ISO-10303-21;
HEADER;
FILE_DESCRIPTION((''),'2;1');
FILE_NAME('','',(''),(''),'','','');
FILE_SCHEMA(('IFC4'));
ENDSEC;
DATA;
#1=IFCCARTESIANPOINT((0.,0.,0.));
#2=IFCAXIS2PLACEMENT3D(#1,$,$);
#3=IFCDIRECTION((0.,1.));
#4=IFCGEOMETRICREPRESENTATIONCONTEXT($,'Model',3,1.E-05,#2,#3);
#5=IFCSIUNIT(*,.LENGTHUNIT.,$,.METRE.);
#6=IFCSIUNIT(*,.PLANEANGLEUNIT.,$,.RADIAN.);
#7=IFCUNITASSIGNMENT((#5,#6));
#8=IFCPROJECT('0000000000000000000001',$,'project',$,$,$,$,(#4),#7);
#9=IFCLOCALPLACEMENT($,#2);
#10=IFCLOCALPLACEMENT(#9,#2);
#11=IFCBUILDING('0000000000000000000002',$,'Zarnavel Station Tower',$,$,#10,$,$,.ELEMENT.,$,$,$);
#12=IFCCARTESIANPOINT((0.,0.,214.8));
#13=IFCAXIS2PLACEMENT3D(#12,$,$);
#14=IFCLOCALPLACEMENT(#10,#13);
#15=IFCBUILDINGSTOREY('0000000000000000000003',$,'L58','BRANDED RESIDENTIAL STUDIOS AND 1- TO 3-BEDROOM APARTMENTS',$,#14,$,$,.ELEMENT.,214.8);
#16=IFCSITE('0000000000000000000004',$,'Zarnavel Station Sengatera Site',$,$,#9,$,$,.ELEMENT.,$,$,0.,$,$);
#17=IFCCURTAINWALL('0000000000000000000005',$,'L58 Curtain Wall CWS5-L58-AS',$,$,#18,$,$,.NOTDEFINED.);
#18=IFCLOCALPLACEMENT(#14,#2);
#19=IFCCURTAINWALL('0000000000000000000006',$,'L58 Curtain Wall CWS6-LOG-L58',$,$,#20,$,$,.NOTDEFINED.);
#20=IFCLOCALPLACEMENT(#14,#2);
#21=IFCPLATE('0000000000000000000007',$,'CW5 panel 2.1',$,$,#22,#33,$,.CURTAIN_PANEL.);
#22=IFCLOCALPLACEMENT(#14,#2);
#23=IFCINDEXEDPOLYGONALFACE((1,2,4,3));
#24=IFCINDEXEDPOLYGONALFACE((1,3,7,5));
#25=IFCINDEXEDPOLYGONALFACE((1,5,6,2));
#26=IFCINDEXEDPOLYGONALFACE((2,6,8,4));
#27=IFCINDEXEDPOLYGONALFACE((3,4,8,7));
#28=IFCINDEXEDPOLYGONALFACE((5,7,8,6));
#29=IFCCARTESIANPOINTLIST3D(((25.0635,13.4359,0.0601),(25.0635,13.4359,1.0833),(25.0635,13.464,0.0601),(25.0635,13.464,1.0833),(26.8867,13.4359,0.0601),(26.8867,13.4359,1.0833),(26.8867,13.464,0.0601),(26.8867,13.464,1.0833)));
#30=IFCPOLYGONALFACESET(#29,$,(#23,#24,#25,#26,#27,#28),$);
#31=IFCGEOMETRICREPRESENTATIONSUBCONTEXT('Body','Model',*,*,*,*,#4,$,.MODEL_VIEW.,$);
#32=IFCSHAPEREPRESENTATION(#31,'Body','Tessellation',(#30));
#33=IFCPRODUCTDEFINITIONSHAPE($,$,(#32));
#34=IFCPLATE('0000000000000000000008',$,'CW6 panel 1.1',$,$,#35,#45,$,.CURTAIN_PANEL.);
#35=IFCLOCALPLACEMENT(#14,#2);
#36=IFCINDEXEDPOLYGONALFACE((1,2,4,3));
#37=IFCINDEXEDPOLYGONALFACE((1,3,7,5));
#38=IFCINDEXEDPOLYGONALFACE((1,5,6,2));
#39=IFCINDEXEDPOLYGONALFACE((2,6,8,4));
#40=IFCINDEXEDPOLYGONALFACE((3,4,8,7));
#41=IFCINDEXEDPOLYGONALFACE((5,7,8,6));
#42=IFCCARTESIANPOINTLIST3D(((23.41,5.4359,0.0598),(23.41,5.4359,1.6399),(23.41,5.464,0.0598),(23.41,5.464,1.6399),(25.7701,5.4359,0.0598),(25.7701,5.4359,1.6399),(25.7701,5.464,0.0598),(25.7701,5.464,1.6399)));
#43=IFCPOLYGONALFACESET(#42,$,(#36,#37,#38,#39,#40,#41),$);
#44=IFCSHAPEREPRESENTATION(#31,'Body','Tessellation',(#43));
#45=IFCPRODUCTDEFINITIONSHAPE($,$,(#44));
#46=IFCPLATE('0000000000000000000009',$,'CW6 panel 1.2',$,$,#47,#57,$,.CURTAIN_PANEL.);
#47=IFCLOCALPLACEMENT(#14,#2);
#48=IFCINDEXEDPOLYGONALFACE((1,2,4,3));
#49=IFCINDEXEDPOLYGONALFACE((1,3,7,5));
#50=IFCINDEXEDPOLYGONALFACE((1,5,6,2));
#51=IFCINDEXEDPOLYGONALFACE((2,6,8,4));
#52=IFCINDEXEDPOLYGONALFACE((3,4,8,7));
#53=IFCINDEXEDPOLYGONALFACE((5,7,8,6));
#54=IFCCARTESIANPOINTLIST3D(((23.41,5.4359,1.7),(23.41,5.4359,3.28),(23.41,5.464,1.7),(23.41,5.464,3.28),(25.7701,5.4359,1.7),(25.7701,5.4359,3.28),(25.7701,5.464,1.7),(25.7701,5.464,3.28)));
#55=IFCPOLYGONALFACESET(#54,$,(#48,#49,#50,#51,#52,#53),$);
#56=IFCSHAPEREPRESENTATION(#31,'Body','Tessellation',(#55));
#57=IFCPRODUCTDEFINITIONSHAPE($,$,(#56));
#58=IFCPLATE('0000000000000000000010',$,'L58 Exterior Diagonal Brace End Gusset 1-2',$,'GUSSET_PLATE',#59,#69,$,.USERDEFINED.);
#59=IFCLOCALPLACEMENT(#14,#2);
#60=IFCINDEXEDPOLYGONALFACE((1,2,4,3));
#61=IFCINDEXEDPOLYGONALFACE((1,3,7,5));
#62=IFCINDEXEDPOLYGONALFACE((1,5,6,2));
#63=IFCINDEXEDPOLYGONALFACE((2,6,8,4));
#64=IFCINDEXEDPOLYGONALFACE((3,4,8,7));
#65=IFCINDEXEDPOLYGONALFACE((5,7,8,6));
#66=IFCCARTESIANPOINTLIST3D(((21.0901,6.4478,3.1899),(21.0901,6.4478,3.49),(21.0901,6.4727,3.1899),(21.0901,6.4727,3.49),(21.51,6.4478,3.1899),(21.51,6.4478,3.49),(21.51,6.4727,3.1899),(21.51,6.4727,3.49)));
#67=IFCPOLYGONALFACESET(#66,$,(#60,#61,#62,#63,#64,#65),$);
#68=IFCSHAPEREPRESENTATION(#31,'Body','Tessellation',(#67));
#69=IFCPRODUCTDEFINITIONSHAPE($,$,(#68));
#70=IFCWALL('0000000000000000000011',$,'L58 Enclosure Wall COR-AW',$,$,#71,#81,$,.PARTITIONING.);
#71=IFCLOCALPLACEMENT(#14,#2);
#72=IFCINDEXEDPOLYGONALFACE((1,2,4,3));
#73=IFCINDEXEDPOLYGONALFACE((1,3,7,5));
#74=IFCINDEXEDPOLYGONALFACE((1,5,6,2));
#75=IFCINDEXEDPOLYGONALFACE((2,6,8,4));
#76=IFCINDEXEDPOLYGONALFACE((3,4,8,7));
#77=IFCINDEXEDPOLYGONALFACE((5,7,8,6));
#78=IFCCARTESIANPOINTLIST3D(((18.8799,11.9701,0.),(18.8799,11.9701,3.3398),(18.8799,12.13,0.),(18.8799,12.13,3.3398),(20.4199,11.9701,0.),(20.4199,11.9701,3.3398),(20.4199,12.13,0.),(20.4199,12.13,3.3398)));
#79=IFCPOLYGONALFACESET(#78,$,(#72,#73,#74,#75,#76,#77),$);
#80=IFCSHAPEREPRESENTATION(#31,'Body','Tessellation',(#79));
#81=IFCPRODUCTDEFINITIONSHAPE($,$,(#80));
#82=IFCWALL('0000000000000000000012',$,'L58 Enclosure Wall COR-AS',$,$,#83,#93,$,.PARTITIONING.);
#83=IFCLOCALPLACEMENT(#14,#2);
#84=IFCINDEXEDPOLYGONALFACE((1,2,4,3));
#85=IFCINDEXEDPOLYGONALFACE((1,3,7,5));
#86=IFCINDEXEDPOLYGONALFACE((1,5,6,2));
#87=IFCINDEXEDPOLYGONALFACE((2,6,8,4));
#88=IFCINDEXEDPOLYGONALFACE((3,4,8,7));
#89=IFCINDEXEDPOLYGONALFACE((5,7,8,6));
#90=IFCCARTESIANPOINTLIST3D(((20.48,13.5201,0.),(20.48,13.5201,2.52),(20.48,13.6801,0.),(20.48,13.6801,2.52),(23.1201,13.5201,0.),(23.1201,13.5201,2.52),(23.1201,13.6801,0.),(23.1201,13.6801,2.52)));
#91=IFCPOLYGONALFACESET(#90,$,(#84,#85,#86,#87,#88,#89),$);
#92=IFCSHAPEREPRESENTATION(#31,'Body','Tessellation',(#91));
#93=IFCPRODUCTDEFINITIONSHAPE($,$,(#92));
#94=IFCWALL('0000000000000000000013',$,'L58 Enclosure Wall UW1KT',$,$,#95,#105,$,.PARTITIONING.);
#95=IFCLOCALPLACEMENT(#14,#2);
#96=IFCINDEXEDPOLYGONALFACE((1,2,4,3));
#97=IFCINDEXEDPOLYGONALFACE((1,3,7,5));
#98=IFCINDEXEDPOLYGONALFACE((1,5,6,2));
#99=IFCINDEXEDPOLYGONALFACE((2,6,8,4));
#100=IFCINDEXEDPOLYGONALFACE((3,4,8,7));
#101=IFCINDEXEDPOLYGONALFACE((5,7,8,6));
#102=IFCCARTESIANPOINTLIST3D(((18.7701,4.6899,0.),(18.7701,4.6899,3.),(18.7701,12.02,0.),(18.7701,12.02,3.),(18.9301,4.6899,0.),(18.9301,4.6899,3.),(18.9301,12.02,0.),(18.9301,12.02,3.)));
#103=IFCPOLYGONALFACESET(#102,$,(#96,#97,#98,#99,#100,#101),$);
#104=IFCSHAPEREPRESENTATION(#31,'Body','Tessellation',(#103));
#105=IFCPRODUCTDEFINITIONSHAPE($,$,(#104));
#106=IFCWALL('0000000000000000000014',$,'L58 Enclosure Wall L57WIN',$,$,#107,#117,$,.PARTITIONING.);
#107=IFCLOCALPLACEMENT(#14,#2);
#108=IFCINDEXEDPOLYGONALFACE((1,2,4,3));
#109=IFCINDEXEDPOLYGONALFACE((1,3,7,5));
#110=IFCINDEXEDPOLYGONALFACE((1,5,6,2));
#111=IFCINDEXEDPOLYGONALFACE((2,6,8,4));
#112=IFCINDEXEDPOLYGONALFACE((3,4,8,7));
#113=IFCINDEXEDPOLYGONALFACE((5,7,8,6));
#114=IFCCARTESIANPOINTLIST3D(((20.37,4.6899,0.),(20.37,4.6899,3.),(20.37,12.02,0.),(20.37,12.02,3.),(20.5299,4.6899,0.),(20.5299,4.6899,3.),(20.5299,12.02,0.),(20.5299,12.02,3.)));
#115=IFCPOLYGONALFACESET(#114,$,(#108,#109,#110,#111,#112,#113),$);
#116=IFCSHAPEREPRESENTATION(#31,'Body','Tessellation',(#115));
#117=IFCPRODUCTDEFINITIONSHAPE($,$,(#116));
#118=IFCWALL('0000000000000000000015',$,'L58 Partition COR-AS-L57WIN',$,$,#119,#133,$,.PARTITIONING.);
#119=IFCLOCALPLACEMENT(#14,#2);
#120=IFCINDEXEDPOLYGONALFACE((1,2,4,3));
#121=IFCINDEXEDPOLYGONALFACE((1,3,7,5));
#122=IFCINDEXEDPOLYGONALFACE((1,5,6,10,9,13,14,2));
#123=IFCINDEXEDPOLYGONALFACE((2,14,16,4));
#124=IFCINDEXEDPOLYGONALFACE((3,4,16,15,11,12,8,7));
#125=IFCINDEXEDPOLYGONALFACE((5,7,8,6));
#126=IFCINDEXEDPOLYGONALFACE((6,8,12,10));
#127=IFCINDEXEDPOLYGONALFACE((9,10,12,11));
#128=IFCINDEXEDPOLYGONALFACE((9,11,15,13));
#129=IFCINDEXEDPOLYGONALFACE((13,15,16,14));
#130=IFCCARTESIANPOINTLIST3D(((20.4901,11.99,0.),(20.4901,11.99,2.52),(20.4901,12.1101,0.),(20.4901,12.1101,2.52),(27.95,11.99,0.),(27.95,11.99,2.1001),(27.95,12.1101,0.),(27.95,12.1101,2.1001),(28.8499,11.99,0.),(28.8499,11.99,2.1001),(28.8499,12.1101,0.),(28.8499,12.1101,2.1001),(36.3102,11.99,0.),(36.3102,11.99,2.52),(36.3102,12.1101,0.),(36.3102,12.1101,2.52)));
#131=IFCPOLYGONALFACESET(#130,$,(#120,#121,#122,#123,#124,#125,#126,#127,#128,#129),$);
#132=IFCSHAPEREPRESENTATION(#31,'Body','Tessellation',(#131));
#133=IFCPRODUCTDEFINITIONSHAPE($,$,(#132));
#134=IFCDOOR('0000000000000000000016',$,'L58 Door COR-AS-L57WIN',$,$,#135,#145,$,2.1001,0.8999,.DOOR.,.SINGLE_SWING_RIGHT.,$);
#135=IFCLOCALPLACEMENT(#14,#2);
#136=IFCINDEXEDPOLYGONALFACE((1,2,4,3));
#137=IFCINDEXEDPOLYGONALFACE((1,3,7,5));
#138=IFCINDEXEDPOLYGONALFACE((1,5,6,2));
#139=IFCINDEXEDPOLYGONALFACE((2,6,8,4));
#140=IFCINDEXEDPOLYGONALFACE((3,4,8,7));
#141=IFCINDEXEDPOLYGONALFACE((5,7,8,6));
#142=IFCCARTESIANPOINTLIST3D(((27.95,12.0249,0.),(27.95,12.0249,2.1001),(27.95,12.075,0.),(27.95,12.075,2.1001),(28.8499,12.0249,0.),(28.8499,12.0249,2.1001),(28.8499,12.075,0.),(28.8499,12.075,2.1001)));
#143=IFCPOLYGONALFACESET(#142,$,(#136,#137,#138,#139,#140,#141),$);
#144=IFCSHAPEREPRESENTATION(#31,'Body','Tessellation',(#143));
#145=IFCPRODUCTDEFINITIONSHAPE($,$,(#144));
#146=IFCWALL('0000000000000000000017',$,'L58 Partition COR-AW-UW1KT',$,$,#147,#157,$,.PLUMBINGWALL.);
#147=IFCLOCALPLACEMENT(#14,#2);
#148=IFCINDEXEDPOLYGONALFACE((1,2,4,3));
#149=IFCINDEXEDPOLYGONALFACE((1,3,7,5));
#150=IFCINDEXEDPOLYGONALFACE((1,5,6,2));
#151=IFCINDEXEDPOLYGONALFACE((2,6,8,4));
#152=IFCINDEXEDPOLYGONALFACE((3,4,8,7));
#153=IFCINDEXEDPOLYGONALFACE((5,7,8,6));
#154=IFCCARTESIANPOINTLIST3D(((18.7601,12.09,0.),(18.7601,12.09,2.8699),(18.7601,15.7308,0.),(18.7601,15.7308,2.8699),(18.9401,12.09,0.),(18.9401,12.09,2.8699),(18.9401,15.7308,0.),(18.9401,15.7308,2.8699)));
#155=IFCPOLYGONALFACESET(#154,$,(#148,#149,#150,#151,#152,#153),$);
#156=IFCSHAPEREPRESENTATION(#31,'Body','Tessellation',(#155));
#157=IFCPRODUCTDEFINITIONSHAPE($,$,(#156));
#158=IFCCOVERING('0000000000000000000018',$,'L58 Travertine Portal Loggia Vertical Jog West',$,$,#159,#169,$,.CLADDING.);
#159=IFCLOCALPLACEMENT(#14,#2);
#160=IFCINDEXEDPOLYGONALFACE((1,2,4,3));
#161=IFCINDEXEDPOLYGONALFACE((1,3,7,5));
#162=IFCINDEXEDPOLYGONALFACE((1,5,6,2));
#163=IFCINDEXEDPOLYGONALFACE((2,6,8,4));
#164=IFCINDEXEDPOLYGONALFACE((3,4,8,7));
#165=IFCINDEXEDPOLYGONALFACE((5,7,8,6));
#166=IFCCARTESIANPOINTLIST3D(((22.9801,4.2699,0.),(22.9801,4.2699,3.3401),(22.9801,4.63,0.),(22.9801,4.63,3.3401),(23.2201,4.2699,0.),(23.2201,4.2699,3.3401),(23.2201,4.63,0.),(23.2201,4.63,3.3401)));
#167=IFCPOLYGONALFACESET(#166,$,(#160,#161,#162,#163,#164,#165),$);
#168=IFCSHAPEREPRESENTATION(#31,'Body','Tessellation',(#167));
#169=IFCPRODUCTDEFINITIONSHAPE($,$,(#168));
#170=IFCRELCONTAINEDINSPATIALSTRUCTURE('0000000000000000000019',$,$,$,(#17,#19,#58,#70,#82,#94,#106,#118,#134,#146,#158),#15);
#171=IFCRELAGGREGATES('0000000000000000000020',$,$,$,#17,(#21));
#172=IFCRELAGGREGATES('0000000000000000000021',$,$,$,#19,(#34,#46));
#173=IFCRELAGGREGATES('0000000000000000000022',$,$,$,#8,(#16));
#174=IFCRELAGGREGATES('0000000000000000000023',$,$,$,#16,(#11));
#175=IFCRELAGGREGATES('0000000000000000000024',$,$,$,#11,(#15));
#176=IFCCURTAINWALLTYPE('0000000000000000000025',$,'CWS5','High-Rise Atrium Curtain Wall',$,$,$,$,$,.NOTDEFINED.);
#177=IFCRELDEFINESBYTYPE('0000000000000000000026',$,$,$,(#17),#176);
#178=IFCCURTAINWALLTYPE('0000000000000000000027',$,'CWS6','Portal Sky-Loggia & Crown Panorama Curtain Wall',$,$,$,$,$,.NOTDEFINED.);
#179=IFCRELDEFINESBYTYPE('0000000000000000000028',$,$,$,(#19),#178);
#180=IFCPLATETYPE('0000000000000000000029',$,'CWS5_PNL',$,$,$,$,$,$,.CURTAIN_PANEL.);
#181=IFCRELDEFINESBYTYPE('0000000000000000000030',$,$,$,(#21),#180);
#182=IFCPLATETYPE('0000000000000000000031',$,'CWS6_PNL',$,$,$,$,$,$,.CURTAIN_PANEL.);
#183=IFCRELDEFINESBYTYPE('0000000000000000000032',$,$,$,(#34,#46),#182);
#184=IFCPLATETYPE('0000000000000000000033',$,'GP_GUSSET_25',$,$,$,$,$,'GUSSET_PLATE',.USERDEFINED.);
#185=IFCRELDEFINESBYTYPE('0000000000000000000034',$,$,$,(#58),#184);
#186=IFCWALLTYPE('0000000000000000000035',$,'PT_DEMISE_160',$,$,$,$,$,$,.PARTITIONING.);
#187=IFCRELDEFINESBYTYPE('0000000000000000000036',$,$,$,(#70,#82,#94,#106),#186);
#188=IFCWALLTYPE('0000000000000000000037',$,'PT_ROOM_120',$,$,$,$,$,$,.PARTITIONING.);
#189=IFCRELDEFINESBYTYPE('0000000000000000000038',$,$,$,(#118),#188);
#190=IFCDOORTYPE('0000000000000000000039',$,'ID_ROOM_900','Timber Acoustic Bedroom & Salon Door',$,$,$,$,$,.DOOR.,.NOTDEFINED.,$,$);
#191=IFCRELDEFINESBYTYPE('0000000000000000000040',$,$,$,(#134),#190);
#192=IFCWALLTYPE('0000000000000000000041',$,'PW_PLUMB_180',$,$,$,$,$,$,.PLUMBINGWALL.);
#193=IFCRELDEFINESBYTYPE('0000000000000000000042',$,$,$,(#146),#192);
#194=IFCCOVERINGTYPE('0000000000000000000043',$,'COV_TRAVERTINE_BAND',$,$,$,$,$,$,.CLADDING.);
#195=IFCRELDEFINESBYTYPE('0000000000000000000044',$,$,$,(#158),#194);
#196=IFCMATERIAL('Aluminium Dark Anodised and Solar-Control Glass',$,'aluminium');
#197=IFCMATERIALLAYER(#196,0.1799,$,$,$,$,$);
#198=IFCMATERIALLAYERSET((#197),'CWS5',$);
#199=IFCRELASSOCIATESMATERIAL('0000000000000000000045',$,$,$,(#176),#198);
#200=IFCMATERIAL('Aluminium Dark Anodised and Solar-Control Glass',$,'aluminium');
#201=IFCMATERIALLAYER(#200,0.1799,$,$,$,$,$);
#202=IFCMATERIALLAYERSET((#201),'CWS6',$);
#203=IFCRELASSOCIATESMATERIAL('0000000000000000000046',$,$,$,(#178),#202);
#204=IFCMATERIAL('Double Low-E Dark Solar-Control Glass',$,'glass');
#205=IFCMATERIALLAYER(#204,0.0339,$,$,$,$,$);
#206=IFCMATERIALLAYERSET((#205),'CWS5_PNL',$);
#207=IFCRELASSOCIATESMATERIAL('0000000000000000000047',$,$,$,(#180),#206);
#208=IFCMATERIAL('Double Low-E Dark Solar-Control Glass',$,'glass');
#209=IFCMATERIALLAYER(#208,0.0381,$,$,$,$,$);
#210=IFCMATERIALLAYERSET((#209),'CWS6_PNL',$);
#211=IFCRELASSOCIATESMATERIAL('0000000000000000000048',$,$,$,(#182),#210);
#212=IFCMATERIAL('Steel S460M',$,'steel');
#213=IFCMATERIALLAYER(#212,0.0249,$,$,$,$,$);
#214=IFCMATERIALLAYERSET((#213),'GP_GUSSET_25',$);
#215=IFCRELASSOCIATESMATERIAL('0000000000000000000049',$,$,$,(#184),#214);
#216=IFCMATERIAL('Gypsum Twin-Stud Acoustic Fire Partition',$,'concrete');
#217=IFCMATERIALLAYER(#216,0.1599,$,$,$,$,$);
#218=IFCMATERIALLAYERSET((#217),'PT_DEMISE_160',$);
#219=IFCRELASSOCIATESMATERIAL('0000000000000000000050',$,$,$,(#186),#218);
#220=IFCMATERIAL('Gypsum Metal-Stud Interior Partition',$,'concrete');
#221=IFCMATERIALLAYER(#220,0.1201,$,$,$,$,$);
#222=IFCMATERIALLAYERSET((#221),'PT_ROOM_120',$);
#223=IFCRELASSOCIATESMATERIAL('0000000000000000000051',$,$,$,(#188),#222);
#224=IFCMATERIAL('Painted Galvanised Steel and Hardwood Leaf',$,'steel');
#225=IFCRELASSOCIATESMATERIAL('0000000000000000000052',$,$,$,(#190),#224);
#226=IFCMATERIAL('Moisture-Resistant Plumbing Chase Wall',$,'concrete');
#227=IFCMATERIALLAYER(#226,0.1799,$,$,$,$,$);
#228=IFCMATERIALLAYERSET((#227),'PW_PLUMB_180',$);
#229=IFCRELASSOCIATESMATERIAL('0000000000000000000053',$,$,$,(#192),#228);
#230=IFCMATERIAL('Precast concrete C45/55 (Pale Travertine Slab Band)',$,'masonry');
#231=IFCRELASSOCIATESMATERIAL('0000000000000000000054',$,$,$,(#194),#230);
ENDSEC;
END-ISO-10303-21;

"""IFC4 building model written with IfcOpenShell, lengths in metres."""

from ifc_helpers import new_model, si_unit, direction, frame, frame_2d, origin, origin_2d, place, context, subcontext, project, spatial, rectangle, extrude, material, layer, layer_set, type_object, element, fill, aggregate, save


model = new_model("IFC4")

# Units and contexts
model_context = context("Model", 3, precision=1e-05, world=origin(), true_north=direction((0.0, 1.0)))
body_context = subcontext(model_context, "Body", "Model", "MODEL_VIEW")
ifc_project = project(units=[si_unit("LENGTHUNIT", "METRE"), si_unit("PLANEANGLEUNIT", "RADIAN")], contexts=[model_context])

# Site, building, storey
site_placement = place(None, origin())
site = spatial("IfcSite", under=ifc_project, at=site_placement, Name="Zarnavel Station Sengatera Site", CompositionType="ELEMENT", RefElevation=0.0)
building_placement = place(site_placement, origin())
building = spatial("IfcBuilding", under=site, at=building_placement, Name="Zarnavel Station Tower", CompositionType="ELEMENT")
storey_placement = place(building_placement, frame((0.0, 0.0, 214.8)))
storey = spatial("IfcBuildingStorey", under=building, at=storey_placement, Name="L58", Description="BRANDED RESIDENTIAL STUDIOS AND 1- TO 3-BEDROOM APARTMENTS", CompositionType="ELEMENT", Elevation=214.8)

# Curtain walls
ifc_material_1 = material(Name="Aluminium Dark Anodised and Solar-Control Glass", Category="aluminium")
ifc_layer_1 = layer(ifc_material_1, 0.1799)
ifc_layer_set_1 = layer_set([ifc_layer_1], Name="CWS5")
curtain_wall_type_1 = type_object("IfcCurtainWallType", Name="CWS5", Description="High-Rise Atrium Curtain Wall", PredefinedType="NOTDEFINED", material=ifc_layer_set_1)
curtain_wall_1_placement = place(storey_placement, origin())
curtain_wall_1 = element("IfcCurtainWall", 1, at=curtain_wall_1_placement, inside=storey, type_object=curtain_wall_type_1, Name="L58 Curtain Wall CWS5-L58-AS", PredefinedType="NOTDEFINED")
ifc_material_2 = material(Name="Aluminium Dark Anodised and Solar-Control Glass", Category="aluminium")
ifc_layer_2 = layer(ifc_material_2, 0.1799)
ifc_layer_set_2 = layer_set([ifc_layer_2], Name="CWS6")
curtain_wall_type_2 = type_object("IfcCurtainWallType", Name="CWS6", Description="Portal Sky-Loggia & Crown Panorama Curtain Wall", PredefinedType="NOTDEFINED", material=ifc_layer_set_2)
curtain_wall_2_placement = place(storey_placement, origin())
curtain_wall_2 = element("IfcCurtainWall", 2, at=curtain_wall_2_placement, inside=storey, type_object=curtain_wall_type_2, Name="L58 Curtain Wall CWS6-LOG-L58", PredefinedType="NOTDEFINED")

# Plates
ifc_material_3 = material(Name="Double Low-E Dark Solar-Control Glass", Category="glass")
ifc_layer_3 = layer(ifc_material_3, 0.0339)
ifc_layer_set_3 = layer_set([ifc_layer_3], Name="CWS5_PNL")
plate_type_1 = type_object("IfcPlateType", Name="CWS5_PNL", PredefinedType="CURTAIN_PANEL", material=ifc_layer_set_3)
plate_1_placement = place(storey_placement, frame((25.9751, 13.45, 0.0601), z_axis=(0.0, 0.0, 1.0), x_axis=(1.0, 0.0, 0.0)))
plate_1 = element("IfcPlate", 3, at=plate_1_placement, type_object=plate_type_1, Name="CW5 panel 2.1", PredefinedType="CURTAIN_PANEL", context=body_context, shape_type="SweptSolid", body=[
    extrude(rectangle(XDim=1.8232, YDim=0.0281, at=origin_2d()), origin(), (0.0, 0.0, 1.0), 1.0232),
])
aggregate(curtain_wall_1, [plate_1])
ifc_material_4 = material(Name="Double Low-E Dark Solar-Control Glass", Category="glass")
ifc_layer_4 = layer(ifc_material_4, 0.0381)
ifc_layer_set_4 = layer_set([ifc_layer_4], Name="CWS6_PNL")
plate_type_2 = type_object("IfcPlateType", Name="CWS6_PNL", PredefinedType="CURTAIN_PANEL", material=ifc_layer_set_4)
plate_2_placement = place(storey_placement, frame((24.5901, 5.45, 0.0598), z_axis=(0.0, 0.0, 1.0), x_axis=(1.0, 0.0, 0.0)))
plate_2 = element("IfcPlate", 4, at=plate_2_placement, type_object=plate_type_2, Name="CW6 panel 1.1", PredefinedType="CURTAIN_PANEL", context=body_context, shape_type="SweptSolid", body=[
    extrude(rectangle(XDim=2.3601, YDim=0.0281, at=origin_2d()), origin(), (0.0, 0.0, 1.0), 1.5801),
])
plate_3_placement = place(storey_placement, frame((24.5901, 5.45, 1.7), z_axis=(0.0, 0.0, 1.0), x_axis=(1.0, 0.0, 0.0)))
plate_3 = element("IfcPlate", 5, at=plate_3_placement, type_object=plate_type_2, Name="CW6 panel 1.2", PredefinedType="CURTAIN_PANEL", context=body_context, shape_type="SweptSolid", body=[
    extrude(rectangle(XDim=2.3601, YDim=0.0281, at=origin_2d()), origin(), (0.0, 0.0, 1.0), 1.5801),
])
aggregate(curtain_wall_2, [plate_2, plate_3])
ifc_material_5 = material(Name="Steel S460M", Category="steel")
ifc_layer_5 = layer(ifc_material_5, 0.0249)
ifc_layer_set_5 = layer_set([ifc_layer_5], Name="GP_GUSSET_25")
plate_type_3 = type_object("IfcPlateType", Name="GP_GUSSET_25", ElementType="GUSSET_PLATE", PredefinedType="USERDEFINED", material=ifc_layer_set_5)
plate_4_placement = place(storey_placement, frame((21.3, 6.4602, 3.1899), z_axis=(0.0, 0.0, 1.0), x_axis=(1.0, 0.0, 0.0)))
element("IfcPlate", 6, at=plate_4_placement, inside=storey, type_object=plate_type_3, Name="L58 Exterior Diagonal Brace End Gusset 1-2", ObjectType="GUSSET_PLATE", PredefinedType="USERDEFINED", context=body_context, shape_type="SweptSolid", body=[
    extrude(rectangle(XDim=0.4199, YDim=0.0249, at=origin_2d()), origin(), (0.0, 0.0, 1.0), 0.3),
])

# Walls
ifc_material_6 = material(Name="Gypsum Twin-Stud Acoustic Fire Partition", Category="concrete")
ifc_layer_6 = layer(ifc_material_6, 0.1599)
ifc_layer_set_6 = layer_set([ifc_layer_6], Name="PT_DEMISE_160")
wall_type_1 = type_object("IfcWallType", Name="PT_DEMISE_160", PredefinedType="PARTITIONING", material=ifc_layer_set_6)
wall_1_placement = place(storey_placement, frame((18.8799, 12.05, 0.0), z_axis=(0.0, 0.0, 1.0), x_axis=(1.0, 0.0, 0.0)))
element("IfcWall", 7, at=wall_1_placement, inside=storey, type_object=wall_type_1, Name="L58 Enclosure Wall COR-AW", PredefinedType="PARTITIONING", context=body_context, shape_type="SweptSolid", body=[
    extrude(rectangle(XDim=1.54, YDim=0.1599, at=frame_2d((0.77, 0.0))), origin(), (0.0, 0.0, 1.0), 3.3398),
])
wall_2_placement = place(storey_placement, frame((20.48, 13.6001, 0.0), z_axis=(0.0, 0.0, 1.0), x_axis=(1.0, 0.0, 0.0)))
element("IfcWall", 8, at=wall_2_placement, inside=storey, type_object=wall_type_1, Name="L58 Enclosure Wall COR-AS", PredefinedType="PARTITIONING", context=body_context, shape_type="SweptSolid", body=[
    extrude(rectangle(XDim=2.6401, YDim=0.1599, at=frame_2d((1.3201, 0.0))), origin(), (0.0, 0.0, 1.0), 2.52),
])
for number, where, z_axis, x_axis, name in (
    (9, (18.8501, 4.6899, 0.0), (0.0, 0.0, 1.0), (0.0, 1.0, 0.0), "L58 Enclosure Wall UW1KT"),
    (10, (20.45, 4.6899, 0.0), (0.0, 0.0, 1.0), (0.0, 1.0, 0.0), "L58 Enclosure Wall L57WIN"),
):
    element("IfcWall", number, at=place(storey_placement, frame(where, z_axis=z_axis, x_axis=x_axis)), inside=storey, type_object=wall_type_1, Name=name, PredefinedType="PARTITIONING", context=body_context, shape_type="SweptSolid", body=[
        extrude(rectangle(XDim=7.3301, YDim=0.1599, at=frame_2d((3.665, 0.0))), origin(), (0.0, 0.0, 1.0), 3.0),
    ])

# Wall, opening, door
ifc_material_7 = material(Name="Gypsum Metal-Stud Interior Partition", Category="concrete")
ifc_layer_7 = layer(ifc_material_7, 0.1201)
ifc_layer_set_7 = layer_set([ifc_layer_7], Name="PT_ROOM_120")
wall_type_2 = type_object("IfcWallType", Name="PT_ROOM_120", PredefinedType="PARTITIONING", material=ifc_layer_set_7)
wall_3_placement = place(storey_placement, frame((20.49, 12.05, 0.0), z_axis=(0.0, 0.0, 1.0), x_axis=(1.0, 0.0, 0.0)))
wall_3 = element("IfcWall", 11, at=wall_3_placement, inside=storey, type_object=wall_type_2, Name="L58 Partition COR-AS-L57WIN", PredefinedType="PARTITIONING", context=body_context, shape_type="SweptSolid", body=[
    extrude(rectangle(XDim=15.8201, YDim=0.1201, at=frame_2d((7.9102, 0.0))), origin(), (0.0, 0.0, 1.0), 2.52),
])
opening_placement = place(wall_3_placement, frame((7.46, 0.0, 0.0)))
opening = element("IfcOpeningElement", 12, at=opening_placement, cuts=wall_3, PredefinedType="OPENING", context=body_context, shape_type="SweptSolid", body=[
    extrude(rectangle(XDim=0.8999, YDim=2.1001, at=frame_2d((0.45, 1.05))), frame((0.0, 0.0701, 0.0), z_axis=(0.0, -1.0, 0.0), x_axis=(1.0, 0.0, 0.0)), (0.0, 0.0, 1.0), 0.1401),
])
ifc_material_8 = material(Name="Painted Galvanised Steel and Hardwood Leaf", Category="steel")
door_type = type_object("IfcDoorType", Name="ID_ROOM_900", Description="Timber Acoustic Bedroom & Salon Door", OperationType="NOTDEFINED", PredefinedType="DOOR", material=ifc_material_8)
door_placement = place(opening_placement, origin())
door = element("IfcDoor", 13, at=door_placement, inside=storey, type_object=door_type, Name="L58 Door COR-AS-L57WIN", OperationType="SINGLE_SWING_RIGHT", OverallHeight=2.1001, OverallWidth=0.8999, PredefinedType="DOOR", context=body_context, shape_type="SweptSolid", body=[
    extrude(rectangle(XDim=0.8999, YDim=2.1001, at=frame_2d((0.45, 1.05))), frame((0.0, 0.0249, 0.0), z_axis=(0.0, -1.0, 0.0), x_axis=(1.0, 0.0, 0.0)), (0.0, 0.0, 1.0), 0.05),
])
fill(opening, door)

# Wall
ifc_material_9 = material(Name="Moisture-Resistant Plumbing Chase Wall", Category="concrete")
ifc_layer_8 = layer(ifc_material_9, 0.1799)
ifc_layer_set_8 = layer_set([ifc_layer_8], Name="PW_PLUMB_180")
wall_type_3 = type_object("IfcWallType", Name="PW_PLUMB_180", PredefinedType="PLUMBINGWALL", material=ifc_layer_set_8)
wall_4_placement = place(storey_placement, frame((18.8501, 12.0901, 0.0), z_axis=(0.0, 0.0, 1.0), x_axis=(0.0, 1.0, 0.0)))
element("IfcWall", 14, at=wall_4_placement, inside=storey, type_object=wall_type_3, Name="L58 Partition COR-AW-UW1KT", PredefinedType="PLUMBINGWALL", context=body_context, shape_type="SweptSolid", body=[
    extrude(rectangle(XDim=3.6409, YDim=0.1799, at=frame_2d((1.8203, 0.0))), origin(), (0.0, 0.0, 1.0), 2.8699),
])

# Covering
ifc_material_10 = material(Name="Precast concrete C45/55 (Pale Travertine Slab Band)", Category="masonry")
covering_type = type_object("IfcCoveringType", Name="COV_TRAVERTINE_BAND", PredefinedType="CLADDING", material=ifc_material_10)
covering_placement = place(storey_placement, frame((23.1001, 4.45, 0.0), z_axis=(0.0, 0.0, 1.0), x_axis=(1.0, 0.0, 0.0)))
element("IfcCovering", 15, at=covering_placement, inside=storey, type_object=covering_type, Name="L58 Travertine Portal Loggia Vertical Jog West", PredefinedType="CLADDING", context=body_context, shape_type="SweptSolid", body=[
    extrude(rectangle(XDim=0.24, YDim=0.3601, at=origin_2d()), origin(), (0.0, 0.0, 1.0), 3.3401),
])

save(model, "model.ifc")
